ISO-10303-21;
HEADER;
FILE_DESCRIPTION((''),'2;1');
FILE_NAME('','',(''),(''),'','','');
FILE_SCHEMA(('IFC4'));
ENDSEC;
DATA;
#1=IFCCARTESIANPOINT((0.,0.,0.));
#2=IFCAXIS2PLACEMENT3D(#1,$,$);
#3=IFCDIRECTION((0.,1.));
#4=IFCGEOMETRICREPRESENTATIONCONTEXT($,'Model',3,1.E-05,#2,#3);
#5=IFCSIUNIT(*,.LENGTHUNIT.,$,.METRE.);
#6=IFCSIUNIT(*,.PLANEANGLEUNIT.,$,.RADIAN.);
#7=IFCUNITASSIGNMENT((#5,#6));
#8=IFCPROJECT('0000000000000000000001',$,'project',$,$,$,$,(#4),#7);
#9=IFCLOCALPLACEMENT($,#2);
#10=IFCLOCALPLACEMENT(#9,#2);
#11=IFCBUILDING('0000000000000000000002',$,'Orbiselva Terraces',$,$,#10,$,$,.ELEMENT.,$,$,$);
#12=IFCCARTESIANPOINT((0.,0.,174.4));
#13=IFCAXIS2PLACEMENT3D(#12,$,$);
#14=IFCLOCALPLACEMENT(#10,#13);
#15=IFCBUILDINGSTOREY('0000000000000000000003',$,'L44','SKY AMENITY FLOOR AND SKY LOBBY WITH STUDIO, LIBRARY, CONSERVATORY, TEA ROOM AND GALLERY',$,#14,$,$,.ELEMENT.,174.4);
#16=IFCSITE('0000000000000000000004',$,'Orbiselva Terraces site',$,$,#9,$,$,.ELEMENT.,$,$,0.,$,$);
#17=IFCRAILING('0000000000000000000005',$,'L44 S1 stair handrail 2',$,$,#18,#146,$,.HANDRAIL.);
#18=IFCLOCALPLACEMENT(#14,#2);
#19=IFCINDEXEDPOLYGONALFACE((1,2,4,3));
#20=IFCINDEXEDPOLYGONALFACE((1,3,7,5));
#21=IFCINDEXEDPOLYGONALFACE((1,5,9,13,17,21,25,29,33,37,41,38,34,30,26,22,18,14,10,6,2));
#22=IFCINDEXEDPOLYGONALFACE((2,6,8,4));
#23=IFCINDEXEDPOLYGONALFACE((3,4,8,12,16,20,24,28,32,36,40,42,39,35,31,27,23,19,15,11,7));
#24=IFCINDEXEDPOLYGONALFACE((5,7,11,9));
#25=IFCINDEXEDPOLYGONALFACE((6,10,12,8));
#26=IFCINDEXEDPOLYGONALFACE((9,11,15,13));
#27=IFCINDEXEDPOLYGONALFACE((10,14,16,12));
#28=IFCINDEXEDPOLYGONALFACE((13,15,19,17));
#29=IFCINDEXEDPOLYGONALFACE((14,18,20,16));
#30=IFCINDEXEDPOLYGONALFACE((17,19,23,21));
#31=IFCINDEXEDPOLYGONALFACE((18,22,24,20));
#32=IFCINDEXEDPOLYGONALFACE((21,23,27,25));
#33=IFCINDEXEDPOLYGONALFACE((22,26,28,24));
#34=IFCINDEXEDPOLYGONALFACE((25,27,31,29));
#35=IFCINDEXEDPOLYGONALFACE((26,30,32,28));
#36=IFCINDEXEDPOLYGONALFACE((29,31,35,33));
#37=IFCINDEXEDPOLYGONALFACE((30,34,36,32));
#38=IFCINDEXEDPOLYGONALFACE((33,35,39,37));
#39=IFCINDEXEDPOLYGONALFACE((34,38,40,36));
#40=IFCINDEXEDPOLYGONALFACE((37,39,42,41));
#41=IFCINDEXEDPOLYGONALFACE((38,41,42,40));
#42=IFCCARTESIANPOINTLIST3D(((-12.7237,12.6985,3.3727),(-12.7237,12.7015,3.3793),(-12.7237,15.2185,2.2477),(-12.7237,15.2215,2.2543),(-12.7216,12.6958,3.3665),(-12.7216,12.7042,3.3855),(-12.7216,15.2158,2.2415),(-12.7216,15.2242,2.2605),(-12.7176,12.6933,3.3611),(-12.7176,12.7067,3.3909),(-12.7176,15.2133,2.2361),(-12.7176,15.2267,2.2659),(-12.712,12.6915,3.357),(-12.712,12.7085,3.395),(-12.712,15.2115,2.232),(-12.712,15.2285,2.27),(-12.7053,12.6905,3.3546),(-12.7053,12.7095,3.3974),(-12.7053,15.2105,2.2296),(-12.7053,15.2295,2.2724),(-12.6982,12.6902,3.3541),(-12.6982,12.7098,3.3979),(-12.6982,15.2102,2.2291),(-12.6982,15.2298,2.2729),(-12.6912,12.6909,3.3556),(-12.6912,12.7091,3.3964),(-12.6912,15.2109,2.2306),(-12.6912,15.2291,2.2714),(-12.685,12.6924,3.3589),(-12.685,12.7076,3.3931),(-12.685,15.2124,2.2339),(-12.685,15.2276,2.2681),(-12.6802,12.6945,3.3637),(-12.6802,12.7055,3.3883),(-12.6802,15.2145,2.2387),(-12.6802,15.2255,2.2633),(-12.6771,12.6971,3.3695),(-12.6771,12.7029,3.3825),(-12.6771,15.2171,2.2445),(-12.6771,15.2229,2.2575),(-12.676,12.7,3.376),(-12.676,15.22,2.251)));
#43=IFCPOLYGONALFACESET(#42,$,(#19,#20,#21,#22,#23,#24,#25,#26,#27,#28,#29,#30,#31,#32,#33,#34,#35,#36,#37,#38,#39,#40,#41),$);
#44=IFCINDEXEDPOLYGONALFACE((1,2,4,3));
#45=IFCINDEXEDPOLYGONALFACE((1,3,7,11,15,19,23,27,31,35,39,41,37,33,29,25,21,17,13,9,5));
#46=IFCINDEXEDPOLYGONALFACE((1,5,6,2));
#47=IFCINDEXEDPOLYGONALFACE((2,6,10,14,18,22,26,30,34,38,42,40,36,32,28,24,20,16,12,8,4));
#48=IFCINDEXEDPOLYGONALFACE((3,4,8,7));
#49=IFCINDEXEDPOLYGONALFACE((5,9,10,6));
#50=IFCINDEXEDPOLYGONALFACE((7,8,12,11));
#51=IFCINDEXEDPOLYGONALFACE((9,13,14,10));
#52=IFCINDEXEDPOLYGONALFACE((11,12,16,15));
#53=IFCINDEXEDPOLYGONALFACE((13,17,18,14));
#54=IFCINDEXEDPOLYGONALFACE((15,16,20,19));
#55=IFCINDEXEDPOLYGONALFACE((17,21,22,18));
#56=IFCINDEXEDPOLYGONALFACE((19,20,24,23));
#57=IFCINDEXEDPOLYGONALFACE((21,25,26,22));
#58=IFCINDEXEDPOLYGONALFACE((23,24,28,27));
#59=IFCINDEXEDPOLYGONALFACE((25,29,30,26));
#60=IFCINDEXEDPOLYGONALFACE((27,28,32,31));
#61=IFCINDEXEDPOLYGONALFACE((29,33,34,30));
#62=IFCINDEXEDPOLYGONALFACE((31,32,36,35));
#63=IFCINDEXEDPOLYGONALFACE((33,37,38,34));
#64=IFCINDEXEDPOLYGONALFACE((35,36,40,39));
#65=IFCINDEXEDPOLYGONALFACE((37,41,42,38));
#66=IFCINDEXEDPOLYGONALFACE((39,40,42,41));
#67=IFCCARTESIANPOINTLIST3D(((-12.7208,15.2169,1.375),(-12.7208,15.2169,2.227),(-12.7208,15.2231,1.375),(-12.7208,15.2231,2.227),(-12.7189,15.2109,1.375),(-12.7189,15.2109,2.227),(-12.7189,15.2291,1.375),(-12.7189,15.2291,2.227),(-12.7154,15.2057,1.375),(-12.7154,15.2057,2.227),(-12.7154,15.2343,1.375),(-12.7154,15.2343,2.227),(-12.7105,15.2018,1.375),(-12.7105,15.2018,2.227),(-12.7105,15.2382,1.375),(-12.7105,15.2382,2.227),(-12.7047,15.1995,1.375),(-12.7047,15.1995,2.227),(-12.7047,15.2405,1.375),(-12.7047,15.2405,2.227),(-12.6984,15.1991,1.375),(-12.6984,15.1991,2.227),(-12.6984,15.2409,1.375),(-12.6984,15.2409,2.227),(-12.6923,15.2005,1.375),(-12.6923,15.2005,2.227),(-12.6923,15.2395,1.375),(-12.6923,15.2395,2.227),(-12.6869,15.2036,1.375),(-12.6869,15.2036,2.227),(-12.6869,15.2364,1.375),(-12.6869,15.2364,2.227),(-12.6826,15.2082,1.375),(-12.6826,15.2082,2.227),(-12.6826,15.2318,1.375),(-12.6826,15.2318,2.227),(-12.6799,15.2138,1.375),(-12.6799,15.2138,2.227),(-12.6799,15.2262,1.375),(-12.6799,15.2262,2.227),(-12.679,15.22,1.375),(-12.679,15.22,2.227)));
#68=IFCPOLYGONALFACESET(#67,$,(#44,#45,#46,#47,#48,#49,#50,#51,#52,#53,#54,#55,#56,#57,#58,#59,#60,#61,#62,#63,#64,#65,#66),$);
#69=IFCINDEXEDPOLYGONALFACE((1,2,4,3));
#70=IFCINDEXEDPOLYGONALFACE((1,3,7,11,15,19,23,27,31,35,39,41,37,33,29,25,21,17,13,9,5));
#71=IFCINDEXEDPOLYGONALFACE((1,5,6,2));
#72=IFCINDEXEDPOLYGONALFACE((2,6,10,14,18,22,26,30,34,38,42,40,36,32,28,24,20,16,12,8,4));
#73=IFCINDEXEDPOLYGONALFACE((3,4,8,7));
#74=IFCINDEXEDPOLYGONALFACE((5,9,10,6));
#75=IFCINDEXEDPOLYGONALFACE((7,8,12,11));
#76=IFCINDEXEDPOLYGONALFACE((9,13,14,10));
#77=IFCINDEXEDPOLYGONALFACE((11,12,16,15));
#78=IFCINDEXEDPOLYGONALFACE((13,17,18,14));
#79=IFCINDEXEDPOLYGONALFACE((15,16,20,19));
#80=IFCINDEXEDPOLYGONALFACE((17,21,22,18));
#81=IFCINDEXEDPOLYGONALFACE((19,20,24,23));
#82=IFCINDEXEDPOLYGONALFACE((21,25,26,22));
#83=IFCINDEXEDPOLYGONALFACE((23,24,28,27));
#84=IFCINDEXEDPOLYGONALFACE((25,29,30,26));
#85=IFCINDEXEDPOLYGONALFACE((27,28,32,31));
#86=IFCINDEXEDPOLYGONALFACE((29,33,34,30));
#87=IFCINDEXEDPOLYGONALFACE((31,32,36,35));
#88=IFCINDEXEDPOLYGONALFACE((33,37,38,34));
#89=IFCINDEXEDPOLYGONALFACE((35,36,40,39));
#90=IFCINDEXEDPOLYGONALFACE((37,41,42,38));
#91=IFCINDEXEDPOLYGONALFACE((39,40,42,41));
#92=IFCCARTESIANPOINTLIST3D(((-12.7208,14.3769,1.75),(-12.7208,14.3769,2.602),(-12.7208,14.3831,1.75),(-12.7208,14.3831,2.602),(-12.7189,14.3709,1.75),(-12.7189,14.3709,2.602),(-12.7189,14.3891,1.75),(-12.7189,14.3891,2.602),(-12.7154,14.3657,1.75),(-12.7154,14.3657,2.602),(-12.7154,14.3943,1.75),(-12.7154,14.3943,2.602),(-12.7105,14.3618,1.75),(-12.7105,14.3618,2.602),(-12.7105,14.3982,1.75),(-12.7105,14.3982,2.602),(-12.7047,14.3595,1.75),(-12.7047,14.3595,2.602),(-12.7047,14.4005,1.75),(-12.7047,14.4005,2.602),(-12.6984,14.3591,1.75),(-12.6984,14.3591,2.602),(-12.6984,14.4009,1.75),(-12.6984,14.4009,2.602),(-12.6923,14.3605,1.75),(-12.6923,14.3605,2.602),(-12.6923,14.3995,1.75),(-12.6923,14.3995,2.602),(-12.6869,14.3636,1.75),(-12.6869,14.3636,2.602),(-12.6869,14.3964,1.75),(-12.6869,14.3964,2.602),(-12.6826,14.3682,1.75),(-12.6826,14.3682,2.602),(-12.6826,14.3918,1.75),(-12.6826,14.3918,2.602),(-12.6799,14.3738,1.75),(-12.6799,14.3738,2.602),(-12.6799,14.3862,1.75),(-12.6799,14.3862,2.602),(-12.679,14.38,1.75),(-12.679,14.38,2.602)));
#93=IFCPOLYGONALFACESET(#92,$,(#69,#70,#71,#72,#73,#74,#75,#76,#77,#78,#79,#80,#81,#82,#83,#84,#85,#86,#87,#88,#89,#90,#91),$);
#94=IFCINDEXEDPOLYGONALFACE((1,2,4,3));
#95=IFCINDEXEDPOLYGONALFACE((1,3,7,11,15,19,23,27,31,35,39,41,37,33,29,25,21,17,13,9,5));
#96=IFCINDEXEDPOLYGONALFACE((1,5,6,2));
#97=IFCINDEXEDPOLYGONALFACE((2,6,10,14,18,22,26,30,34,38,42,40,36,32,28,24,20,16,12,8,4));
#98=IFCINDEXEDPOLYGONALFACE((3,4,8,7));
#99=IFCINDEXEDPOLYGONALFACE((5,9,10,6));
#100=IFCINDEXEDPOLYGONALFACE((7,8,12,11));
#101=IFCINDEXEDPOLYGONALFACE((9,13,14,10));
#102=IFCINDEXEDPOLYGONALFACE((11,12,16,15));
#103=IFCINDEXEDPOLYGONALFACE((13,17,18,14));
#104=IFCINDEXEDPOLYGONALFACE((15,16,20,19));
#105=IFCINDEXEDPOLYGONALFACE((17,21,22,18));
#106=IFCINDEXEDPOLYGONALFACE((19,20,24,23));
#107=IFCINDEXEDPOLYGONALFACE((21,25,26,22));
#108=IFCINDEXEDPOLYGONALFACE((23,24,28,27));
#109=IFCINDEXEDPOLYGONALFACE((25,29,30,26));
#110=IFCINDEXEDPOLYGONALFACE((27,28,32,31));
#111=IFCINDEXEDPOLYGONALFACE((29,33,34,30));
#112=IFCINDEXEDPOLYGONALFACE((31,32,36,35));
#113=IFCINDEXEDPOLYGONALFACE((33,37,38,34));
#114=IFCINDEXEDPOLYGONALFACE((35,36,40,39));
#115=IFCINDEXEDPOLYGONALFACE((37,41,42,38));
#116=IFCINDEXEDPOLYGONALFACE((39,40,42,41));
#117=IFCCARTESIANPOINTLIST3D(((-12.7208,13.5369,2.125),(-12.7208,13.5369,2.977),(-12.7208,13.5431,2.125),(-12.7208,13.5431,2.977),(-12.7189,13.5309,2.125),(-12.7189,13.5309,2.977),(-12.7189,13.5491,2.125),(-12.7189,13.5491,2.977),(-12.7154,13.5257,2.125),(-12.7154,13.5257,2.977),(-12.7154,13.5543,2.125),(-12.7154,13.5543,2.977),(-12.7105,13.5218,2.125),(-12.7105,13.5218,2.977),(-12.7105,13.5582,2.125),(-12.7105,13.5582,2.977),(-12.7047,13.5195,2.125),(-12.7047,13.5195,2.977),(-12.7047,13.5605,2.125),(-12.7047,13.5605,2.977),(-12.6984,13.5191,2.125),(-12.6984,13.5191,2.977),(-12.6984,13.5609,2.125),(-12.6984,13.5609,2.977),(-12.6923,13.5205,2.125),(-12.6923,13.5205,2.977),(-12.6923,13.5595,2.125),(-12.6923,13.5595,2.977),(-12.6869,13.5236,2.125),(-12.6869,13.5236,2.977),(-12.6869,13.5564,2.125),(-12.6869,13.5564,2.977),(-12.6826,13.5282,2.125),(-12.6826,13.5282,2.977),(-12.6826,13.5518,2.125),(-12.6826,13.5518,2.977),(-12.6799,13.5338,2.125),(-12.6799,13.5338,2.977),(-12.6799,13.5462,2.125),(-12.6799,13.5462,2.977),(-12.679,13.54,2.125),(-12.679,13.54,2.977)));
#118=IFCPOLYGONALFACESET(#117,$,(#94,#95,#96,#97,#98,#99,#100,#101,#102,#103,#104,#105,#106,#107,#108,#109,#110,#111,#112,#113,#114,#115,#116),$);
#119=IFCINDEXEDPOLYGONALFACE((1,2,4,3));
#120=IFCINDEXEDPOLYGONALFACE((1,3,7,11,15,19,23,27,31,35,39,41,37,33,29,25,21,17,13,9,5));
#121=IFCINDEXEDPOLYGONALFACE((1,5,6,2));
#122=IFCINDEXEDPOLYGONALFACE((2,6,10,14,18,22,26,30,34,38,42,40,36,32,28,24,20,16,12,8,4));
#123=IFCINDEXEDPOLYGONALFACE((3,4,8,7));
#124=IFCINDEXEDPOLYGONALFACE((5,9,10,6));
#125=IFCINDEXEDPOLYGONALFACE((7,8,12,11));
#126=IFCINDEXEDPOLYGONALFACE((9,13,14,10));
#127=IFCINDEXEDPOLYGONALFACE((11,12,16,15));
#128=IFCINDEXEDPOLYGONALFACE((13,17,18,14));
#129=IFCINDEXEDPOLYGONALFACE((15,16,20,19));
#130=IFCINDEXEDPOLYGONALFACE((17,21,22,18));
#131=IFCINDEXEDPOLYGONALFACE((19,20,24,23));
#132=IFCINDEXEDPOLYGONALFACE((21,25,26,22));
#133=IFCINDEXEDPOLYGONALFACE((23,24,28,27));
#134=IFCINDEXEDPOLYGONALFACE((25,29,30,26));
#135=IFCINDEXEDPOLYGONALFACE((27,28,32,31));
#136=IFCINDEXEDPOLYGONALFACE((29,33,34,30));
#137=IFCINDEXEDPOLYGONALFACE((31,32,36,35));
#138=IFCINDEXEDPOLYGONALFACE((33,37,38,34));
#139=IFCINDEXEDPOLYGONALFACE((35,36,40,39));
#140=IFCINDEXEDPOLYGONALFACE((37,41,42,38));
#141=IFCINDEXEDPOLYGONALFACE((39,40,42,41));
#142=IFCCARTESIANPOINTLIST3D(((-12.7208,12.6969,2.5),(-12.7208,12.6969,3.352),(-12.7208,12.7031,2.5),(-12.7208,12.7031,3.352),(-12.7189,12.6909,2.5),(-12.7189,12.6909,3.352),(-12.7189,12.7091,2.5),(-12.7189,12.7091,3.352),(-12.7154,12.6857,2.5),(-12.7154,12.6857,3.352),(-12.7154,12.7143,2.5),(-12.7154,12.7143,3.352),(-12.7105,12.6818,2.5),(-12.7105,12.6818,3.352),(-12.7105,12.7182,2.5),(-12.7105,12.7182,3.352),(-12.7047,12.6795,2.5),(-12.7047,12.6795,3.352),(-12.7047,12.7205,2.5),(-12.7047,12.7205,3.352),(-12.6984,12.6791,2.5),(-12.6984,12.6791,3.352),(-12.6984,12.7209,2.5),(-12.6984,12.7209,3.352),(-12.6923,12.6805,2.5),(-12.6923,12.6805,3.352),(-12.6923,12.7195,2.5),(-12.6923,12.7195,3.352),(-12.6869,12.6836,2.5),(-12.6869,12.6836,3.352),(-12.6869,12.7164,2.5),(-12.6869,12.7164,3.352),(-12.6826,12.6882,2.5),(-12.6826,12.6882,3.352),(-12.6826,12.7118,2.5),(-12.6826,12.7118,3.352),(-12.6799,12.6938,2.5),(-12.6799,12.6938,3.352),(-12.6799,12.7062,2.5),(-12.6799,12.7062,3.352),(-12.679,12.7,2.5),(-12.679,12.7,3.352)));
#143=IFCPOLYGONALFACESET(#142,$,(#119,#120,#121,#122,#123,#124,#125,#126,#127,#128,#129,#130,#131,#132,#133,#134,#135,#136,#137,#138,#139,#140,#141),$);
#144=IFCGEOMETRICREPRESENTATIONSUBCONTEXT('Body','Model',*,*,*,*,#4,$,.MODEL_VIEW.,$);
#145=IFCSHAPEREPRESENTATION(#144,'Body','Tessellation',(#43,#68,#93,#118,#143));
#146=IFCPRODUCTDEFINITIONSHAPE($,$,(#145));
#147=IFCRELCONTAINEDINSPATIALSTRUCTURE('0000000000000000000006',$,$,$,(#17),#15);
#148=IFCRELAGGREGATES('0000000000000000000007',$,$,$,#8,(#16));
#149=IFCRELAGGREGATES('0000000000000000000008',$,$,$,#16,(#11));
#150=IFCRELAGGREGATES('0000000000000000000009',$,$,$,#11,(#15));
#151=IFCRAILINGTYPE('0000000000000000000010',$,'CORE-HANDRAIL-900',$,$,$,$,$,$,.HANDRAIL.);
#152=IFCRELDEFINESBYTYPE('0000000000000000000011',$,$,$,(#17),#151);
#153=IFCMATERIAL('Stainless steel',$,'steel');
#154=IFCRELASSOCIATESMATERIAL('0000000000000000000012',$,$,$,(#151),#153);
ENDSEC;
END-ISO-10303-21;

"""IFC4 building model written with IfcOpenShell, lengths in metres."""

from ifc_helpers import new_model, si_unit, direction, frame, origin, origin_2d, place, context, subcontext, project, spatial, circle, extrude, material, type_object, element, save


model = new_model("IFC4")

# Units and contexts
model_context = context("Model", 3, precision=1e-05, world=origin(), true_north=direction((0.0, 1.0)))
body_context = subcontext(model_context, "Body", "Model", "MODEL_VIEW")
ifc_project = project(units=[si_unit("LENGTHUNIT", "METRE"), si_unit("PLANEANGLEUNIT", "RADIAN")], contexts=[model_context])

# Site, building, storey
site_placement = place(None, origin())
site = spatial("IfcSite", under=ifc_project, at=site_placement, Name="Orbiselva Terraces site", CompositionType="ELEMENT", RefElevation=0.0)
building_placement = place(site_placement, origin())
building = spatial("IfcBuilding", under=site, at=building_placement, Name="Orbiselva Terraces", CompositionType="ELEMENT")
storey_placement = place(building_placement, frame((0.0, 0.0, 174.4)))
storey = spatial("IfcBuildingStorey", under=building, at=storey_placement, Name="L44", Description="SKY AMENITY FLOOR AND SKY LOBBY WITH STUDIO, LIBRARY, CONSERVATORY, TEA ROOM AND GALLERY", CompositionType="ELEMENT", Elevation=174.4)

# Railing
ifc_material_1 = material(Name="Stainless steel", Category="steel")
railing_type_1 = type_object("IfcRailingType", Name="CORE-HANDRAIL-900", PredefinedType="HANDRAIL", material=ifc_material_1)
railing_1_placement = place(storey_placement, frame((-12.7, 15.22, 1.375)))
element("IfcRailing", 1, at=railing_1_placement, inside=storey, type_object=railing_type_1, Name="L44 S1 stair handrail 2", PredefinedType="HANDRAIL", context=body_context, shape_type="SweptSolid", body=[
    extrude(circle(Radius=0.024, at=origin_2d()), frame((0.0, 0.0, 0.876), z_axis=(0.0, -0.913138, 0.407651), x_axis=(1.0, 0.0, 0.0)), (0.0, 0.0, 1.0), 2.7597),
    extrude(circle(Radius=0.021, at=origin_2d()), origin(), (0.0, 0.0, 1.0), 0.852),
    extrude(circle(Radius=0.021, at=origin_2d()), frame((0.0, -0.84, 0.375)), (0.0, 0.0, 1.0), 0.852),
    extrude(circle(Radius=0.021, at=origin_2d()), frame((0.0, -1.68, 0.75)), (0.0, 0.0, 1.0), 0.852),
    extrude(circle(Radius=0.021, at=origin_2d()), frame((0.0, -2.52, 1.125)), (0.0, 0.0, 1.0), 0.852),
])

save(model, "model.ifc")
